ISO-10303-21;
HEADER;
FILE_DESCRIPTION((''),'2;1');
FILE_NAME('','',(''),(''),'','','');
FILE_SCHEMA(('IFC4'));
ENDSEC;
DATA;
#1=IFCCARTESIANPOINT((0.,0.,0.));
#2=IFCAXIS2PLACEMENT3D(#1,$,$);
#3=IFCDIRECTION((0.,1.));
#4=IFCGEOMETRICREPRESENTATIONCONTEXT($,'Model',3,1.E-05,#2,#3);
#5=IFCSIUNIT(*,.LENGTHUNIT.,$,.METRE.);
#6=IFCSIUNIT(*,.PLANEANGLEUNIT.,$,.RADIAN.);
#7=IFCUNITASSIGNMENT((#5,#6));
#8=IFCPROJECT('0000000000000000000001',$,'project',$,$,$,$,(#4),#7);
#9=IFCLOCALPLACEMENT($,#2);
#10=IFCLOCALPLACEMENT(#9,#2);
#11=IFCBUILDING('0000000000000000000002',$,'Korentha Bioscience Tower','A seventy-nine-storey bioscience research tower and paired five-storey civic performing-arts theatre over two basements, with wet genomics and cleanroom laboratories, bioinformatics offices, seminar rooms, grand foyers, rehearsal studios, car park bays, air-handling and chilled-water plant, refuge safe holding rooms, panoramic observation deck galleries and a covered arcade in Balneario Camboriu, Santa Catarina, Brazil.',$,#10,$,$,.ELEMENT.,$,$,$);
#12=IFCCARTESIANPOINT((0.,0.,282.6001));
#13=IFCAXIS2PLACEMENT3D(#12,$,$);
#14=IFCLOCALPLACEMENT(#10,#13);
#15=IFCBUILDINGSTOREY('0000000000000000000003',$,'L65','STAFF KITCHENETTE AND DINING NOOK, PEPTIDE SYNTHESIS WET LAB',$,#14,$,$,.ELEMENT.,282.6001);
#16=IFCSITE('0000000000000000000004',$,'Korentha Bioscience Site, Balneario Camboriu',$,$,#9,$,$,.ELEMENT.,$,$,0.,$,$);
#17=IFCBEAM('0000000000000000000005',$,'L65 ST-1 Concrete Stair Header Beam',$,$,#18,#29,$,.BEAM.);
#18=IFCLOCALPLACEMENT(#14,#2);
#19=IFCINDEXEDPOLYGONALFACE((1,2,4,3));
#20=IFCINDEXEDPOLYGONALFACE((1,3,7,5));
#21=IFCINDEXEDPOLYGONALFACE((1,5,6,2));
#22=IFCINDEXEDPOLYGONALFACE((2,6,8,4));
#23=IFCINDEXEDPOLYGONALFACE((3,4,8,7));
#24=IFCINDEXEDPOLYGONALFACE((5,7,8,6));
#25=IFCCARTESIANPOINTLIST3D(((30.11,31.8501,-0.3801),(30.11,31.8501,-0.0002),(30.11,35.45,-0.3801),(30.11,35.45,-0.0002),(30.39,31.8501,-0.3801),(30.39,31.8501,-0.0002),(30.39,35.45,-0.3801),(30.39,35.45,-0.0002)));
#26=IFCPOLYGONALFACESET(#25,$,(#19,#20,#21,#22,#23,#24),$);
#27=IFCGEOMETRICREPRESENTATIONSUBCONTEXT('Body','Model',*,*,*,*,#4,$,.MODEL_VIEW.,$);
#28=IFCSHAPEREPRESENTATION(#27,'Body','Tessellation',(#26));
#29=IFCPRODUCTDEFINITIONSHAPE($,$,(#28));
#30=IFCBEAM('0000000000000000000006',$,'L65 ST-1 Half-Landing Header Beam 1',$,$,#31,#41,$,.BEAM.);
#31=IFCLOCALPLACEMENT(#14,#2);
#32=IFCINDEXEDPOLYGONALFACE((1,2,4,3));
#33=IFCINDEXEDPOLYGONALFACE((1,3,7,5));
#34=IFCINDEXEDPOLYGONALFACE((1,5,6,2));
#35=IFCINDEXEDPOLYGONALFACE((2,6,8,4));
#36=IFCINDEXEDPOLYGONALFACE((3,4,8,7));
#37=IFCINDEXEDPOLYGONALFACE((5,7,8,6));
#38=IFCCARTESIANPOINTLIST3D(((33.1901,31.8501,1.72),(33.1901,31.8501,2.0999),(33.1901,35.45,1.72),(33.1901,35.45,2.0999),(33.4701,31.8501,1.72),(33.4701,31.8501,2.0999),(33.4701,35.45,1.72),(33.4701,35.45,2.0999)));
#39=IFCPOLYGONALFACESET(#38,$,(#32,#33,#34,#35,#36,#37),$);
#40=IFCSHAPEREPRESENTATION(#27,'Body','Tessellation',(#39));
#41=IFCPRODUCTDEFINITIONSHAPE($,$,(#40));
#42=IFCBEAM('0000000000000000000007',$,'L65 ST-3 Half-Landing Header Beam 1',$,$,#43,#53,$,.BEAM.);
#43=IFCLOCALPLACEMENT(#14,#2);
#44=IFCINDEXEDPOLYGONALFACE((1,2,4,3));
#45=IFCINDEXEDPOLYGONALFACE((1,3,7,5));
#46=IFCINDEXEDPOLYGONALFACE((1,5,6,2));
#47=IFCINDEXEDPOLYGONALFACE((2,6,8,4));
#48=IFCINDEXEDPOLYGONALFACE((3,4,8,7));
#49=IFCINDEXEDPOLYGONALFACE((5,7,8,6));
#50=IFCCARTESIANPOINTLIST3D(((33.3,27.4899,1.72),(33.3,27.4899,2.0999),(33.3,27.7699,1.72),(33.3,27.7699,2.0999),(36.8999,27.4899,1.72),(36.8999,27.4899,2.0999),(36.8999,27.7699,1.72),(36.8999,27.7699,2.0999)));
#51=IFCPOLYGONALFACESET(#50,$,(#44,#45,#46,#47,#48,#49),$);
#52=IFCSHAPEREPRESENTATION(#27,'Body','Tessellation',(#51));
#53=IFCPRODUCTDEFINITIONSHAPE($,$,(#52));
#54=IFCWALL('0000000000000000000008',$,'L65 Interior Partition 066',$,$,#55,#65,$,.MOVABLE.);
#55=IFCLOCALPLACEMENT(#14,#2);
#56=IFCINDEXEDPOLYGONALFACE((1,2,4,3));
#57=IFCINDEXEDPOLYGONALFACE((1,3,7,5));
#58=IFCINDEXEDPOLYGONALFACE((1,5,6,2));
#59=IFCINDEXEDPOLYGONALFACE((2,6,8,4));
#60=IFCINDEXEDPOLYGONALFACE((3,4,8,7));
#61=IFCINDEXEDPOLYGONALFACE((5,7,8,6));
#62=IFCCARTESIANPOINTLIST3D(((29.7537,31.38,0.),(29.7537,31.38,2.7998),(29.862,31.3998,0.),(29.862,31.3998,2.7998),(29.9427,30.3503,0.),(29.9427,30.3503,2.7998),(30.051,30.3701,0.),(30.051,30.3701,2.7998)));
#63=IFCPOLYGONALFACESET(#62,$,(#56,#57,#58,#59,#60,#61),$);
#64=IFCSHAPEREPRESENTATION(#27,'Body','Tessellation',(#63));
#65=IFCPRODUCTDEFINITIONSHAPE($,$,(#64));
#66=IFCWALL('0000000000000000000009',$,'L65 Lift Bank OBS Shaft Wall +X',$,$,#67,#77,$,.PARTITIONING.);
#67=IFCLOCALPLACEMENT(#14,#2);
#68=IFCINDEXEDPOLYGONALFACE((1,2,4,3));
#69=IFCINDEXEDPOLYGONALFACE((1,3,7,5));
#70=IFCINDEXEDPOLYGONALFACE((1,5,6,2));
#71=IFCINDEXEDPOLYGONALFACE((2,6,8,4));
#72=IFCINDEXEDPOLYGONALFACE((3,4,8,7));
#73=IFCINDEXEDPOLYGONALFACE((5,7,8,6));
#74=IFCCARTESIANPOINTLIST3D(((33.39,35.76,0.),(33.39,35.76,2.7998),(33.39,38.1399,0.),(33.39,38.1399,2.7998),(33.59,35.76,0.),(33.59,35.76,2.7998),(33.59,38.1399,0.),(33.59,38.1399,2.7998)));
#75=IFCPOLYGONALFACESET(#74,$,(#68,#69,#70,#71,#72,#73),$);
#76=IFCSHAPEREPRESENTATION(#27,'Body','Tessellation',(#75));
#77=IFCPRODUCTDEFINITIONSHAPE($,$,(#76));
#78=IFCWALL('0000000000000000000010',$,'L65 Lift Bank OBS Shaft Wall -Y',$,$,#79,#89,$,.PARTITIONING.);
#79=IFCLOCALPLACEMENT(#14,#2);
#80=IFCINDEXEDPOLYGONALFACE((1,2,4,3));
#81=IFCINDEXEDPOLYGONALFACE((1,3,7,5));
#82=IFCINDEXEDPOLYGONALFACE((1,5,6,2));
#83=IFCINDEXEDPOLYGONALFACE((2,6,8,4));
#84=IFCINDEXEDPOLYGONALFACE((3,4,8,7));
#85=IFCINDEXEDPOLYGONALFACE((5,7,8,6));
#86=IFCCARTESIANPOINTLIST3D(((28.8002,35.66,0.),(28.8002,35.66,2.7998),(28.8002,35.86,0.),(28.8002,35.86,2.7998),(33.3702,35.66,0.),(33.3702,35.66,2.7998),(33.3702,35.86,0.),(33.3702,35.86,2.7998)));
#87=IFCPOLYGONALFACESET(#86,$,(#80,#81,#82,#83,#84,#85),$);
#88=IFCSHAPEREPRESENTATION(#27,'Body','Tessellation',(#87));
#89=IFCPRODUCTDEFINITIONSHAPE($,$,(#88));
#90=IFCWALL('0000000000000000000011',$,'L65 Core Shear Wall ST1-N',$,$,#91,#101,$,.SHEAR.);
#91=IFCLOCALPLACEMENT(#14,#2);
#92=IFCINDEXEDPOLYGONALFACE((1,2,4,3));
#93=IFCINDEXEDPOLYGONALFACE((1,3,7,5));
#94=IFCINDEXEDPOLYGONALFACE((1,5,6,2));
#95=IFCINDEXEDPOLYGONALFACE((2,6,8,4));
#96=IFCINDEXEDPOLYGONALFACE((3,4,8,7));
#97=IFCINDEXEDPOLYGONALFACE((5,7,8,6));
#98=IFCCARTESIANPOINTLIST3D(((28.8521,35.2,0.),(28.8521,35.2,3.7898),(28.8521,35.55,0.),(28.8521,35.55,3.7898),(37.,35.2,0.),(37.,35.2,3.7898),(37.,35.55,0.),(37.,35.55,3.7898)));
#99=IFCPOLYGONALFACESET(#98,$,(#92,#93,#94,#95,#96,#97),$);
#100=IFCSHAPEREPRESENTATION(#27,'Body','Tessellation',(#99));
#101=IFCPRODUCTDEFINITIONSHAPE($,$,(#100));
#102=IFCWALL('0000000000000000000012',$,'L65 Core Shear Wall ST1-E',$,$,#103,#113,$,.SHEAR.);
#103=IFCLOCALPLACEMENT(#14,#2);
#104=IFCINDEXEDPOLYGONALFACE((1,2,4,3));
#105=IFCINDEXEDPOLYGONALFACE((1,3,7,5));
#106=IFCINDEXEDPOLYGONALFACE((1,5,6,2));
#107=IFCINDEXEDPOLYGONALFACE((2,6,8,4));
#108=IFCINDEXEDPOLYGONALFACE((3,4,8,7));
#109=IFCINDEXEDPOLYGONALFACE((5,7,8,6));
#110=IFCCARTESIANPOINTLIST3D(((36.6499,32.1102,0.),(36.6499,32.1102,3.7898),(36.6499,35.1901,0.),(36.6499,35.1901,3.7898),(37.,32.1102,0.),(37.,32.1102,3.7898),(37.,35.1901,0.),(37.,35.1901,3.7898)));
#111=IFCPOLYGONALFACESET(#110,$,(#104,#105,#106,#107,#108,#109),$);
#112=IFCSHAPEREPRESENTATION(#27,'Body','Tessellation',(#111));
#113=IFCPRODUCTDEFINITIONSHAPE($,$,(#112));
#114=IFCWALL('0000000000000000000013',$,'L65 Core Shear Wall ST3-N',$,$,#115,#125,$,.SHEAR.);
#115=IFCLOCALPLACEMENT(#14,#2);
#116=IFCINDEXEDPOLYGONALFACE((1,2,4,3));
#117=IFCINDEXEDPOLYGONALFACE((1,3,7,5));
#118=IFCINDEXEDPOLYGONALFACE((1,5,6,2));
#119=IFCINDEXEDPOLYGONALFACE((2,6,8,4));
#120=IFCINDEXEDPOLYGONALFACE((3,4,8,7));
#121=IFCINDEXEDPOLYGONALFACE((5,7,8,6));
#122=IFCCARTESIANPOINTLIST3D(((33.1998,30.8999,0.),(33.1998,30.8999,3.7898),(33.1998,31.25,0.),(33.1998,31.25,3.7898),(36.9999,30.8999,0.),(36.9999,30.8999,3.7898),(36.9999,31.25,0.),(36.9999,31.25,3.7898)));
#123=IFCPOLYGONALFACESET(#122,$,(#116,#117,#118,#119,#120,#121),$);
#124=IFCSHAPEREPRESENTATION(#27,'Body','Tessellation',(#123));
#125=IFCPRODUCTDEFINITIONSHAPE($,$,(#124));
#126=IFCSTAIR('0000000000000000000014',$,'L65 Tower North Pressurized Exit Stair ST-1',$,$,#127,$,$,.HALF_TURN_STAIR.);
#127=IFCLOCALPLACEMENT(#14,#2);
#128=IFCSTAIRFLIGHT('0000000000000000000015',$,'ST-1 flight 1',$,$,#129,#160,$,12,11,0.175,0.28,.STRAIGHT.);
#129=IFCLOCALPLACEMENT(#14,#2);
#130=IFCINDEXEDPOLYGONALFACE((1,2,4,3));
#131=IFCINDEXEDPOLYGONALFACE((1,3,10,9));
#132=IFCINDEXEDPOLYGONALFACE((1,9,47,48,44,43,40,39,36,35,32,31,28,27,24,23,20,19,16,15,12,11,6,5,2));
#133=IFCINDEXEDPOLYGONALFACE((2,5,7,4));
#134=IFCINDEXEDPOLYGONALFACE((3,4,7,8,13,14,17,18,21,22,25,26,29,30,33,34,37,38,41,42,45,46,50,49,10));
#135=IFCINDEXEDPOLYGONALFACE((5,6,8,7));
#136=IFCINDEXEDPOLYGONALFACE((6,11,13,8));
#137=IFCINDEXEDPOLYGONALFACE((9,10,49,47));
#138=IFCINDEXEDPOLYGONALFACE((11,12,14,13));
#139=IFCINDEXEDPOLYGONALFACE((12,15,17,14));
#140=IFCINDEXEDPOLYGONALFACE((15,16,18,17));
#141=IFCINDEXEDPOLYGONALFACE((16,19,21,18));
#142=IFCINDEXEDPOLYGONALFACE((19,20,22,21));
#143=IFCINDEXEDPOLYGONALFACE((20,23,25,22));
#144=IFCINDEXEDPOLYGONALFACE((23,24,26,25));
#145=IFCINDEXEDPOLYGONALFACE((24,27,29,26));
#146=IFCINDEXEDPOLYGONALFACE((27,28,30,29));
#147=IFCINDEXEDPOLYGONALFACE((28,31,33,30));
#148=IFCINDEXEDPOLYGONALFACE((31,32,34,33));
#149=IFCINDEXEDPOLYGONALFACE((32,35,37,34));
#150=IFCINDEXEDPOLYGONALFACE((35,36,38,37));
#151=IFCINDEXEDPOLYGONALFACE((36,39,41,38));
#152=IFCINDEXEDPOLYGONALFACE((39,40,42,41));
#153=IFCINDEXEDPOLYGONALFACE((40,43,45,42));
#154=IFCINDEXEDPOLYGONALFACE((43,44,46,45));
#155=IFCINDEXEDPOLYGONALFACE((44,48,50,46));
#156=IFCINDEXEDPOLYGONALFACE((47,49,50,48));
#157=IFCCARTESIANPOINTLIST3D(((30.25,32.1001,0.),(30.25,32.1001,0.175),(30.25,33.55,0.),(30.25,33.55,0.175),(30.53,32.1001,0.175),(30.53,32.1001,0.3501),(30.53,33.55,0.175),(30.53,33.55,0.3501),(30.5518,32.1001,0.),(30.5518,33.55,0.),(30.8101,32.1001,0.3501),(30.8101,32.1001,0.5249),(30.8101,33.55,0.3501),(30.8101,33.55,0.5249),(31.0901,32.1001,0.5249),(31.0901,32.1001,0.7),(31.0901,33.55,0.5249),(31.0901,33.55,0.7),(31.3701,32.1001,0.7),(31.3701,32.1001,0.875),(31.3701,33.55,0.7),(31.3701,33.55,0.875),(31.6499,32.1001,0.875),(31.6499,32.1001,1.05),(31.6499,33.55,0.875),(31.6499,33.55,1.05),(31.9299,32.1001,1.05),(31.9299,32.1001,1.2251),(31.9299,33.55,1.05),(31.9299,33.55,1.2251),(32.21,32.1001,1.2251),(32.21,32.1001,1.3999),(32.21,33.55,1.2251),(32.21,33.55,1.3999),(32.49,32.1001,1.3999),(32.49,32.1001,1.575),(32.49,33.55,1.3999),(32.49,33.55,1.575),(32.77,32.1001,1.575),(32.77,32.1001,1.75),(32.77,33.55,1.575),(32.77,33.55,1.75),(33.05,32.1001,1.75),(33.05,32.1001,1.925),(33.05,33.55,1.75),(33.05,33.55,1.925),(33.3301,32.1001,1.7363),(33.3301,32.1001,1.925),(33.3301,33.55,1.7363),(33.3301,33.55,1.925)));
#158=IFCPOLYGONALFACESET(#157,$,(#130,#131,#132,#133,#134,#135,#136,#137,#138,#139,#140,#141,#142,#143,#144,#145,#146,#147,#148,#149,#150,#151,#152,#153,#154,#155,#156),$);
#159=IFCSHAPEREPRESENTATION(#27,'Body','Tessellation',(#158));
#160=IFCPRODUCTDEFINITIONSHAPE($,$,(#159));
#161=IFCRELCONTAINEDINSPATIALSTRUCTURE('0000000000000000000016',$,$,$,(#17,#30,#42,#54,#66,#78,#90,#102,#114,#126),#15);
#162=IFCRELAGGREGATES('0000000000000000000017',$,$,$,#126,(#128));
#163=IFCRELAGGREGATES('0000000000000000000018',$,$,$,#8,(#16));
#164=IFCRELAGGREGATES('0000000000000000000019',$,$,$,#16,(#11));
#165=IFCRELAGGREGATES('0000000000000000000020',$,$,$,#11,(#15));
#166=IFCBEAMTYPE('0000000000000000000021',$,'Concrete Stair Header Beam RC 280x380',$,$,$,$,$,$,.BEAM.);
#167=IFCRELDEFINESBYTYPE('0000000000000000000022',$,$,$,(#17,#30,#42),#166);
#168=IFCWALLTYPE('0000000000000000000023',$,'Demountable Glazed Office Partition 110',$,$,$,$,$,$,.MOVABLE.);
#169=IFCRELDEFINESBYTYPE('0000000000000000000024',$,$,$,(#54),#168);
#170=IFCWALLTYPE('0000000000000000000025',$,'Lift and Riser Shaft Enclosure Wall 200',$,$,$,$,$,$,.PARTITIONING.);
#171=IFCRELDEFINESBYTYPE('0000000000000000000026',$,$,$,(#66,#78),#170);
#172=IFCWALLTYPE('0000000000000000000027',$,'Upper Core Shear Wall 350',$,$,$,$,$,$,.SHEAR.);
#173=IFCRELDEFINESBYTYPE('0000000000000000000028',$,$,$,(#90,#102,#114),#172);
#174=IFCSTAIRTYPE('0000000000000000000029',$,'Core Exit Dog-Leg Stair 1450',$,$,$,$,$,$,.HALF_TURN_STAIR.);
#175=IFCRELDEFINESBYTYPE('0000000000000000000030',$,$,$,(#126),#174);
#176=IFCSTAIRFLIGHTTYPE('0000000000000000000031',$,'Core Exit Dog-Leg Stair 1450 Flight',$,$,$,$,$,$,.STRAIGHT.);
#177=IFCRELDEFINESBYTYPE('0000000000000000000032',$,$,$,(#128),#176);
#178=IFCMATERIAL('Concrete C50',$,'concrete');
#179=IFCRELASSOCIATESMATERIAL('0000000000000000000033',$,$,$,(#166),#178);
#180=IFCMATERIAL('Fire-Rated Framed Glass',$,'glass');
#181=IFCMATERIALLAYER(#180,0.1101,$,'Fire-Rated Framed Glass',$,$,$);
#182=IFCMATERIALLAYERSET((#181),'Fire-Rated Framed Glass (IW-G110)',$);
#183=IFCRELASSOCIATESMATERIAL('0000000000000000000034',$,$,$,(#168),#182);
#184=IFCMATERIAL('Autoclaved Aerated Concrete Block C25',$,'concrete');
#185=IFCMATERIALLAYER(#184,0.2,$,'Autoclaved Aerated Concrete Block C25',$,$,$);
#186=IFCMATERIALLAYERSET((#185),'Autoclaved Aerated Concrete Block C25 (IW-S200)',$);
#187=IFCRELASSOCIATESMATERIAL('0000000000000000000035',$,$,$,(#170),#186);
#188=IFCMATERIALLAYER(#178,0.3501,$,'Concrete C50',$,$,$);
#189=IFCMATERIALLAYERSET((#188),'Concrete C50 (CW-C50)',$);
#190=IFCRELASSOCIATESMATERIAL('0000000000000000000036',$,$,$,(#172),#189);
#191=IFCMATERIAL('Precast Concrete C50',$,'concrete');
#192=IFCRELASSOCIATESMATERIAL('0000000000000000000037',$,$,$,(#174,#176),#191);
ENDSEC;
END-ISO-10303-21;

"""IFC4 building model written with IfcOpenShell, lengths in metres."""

from ifc_helpers import new_model, si_unit, direction, frame, frame_2d, origin, origin_2d, place, context, subcontext, project, spatial, polyline, rectangle, outline, extrude, material, layer, layer_set, material_profile, profile_set, type_object, element, aggregate, save


model = new_model("IFC4")

# Units and contexts
model_context = context("Model", 3, precision=1e-05, world=origin(), true_north=direction((0.0, 1.0)))
body_context = subcontext(model_context, "Body", "Model", "MODEL_VIEW")
ifc_project = project(units=[si_unit("LENGTHUNIT", "METRE"), si_unit("PLANEANGLEUNIT", "RADIAN")], contexts=[model_context])

# Site, building, storey
site_placement = place(None, origin())
site = spatial("IfcSite", under=ifc_project, at=site_placement, Name="Korentha Bioscience Site, Balneario Camboriu", CompositionType="ELEMENT", RefElevation=0.0)
building_placement = place(site_placement, origin())
building = spatial("IfcBuilding", under=site, at=building_placement, Name="Korentha Bioscience Tower", Description="A seventy-nine-storey bioscience research tower and paired five-storey civic performing-arts theatre over two basements, with wet genomics and cleanroom laboratories, bioinformatics offices, seminar rooms, grand foyers, rehearsal studios, car park bays, air-handling and chilled-water plant, refuge safe holding rooms, panoramic observation deck galleries and a covered arcade in Balneario Camboriu, Santa Catarina, Brazil.", CompositionType="ELEMENT")
storey_placement = place(building_placement, frame((0.0, 0.0, 282.6001)))
storey = spatial("IfcBuildingStorey", under=building, at=storey_placement, Name="L65", Description="STAFF KITCHENETTE AND DINING NOOK, PEPTIDE SYNTHESIS WET LAB", CompositionType="ELEMENT", Elevation=282.6001)

# Beams
ifc_material_1 = material(Name="Concrete C50", Category="concrete")
ifc_material_profile = material_profile(ifc_material_1, rectangle(XDim=0.28, YDim=0.3799, at=origin_2d()), Name="Concrete C50")
ifc_profile_set = profile_set([ifc_material_profile], Name="Concrete C50 (ST-HB380)")
beam_type = type_object("IfcBeamType", Name="Concrete Stair Header Beam RC 280x380", PredefinedType="BEAM", material=ifc_profile_set)
for number, where, z_axis, x_axis, name in (
    (1, (30.25, 31.8501, -0.1902), (0.0, 1.0, 0.0), (-1.0, 0.0, 0.0), "L65 ST-1 Concrete Stair Header Beam"),
    (2, (33.3301, 31.8501, 1.9099), (0.0, 1.0, 0.0), (-1.0, 0.0, 0.0), "L65 ST-1 Half-Landing Header Beam 1"),
    (3, (36.8999, 27.6299, 1.9099), (-1.0, 0.0, 0.0), (0.0, -1.0, 0.0), "L65 ST-3 Half-Landing Header Beam 1"),
):
    element("IfcBeam", number, at=place(storey_placement, frame(where, z_axis=z_axis, x_axis=x_axis)), inside=storey, type_object=beam_type, Name=name, PredefinedType="BEAM", context=body_context, shape_type="SweptSolid", body=[
        extrude(rectangle(XDim=0.28, YDim=0.3799, at=origin_2d()), origin(), (0.0, 0.0, 1.0), 3.5999),
    ])

# Walls
ifc_material_2 = material(Name="Fire-Rated Framed Glass", Category="glass")
ifc_layer_1 = layer(ifc_material_2, 0.1101, Name="Fire-Rated Framed Glass")
ifc_layer_set_1 = layer_set([ifc_layer_1], Name="Fire-Rated Framed Glass (IW-G110)")
wall_type_1 = type_object("IfcWallType", Name="Demountable Glazed Office Partition 110", PredefinedType="MOVABLE", material=ifc_layer_set_1)
wall_1_placement = place(storey_placement, frame((29.8079, 31.3899, 0.0), z_axis=(0.0, 0.0, 1.0), x_axis=(0.180486, -0.983578, 0.0)))
element("IfcWall", 4, at=wall_1_placement, inside=storey, type_object=wall_type_1, Name="L65 Interior Partition 066", PredefinedType="MOVABLE", context=body_context, shape_type="SweptSolid", body=[
    extrude(rectangle(XDim=1.0469, YDim=0.1101, at=frame_2d((0.5234, 0.0))), origin(), (0.0, 0.0, 1.0), 2.7998),
])
ifc_material_3 = material(Name="Autoclaved Aerated Concrete Block C25", Category="concrete")
ifc_layer_2 = layer(ifc_material_3, 0.2, Name="Autoclaved Aerated Concrete Block C25")
ifc_layer_set_2 = layer_set([ifc_layer_2], Name="Autoclaved Aerated Concrete Block C25 (IW-S200)")
wall_type_2 = type_object("IfcWallType", Name="Lift and Riser Shaft Enclosure Wall 200", PredefinedType="PARTITIONING", material=ifc_layer_set_2)
wall_2_placement = place(storey_placement, frame((33.49, 35.76, 0.0), z_axis=(0.0, 0.0, 1.0), x_axis=(0.0, 1.0, 0.0)))
element("IfcWall", 5, at=wall_2_placement, inside=storey, type_object=wall_type_2, Name="L65 Lift Bank OBS Shaft Wall +X", PredefinedType="PARTITIONING", context=body_context, shape_type="SweptSolid", body=[
    extrude(rectangle(XDim=2.3799, YDim=0.2, at=frame_2d((1.1899, 0.0))), origin(), (0.0, 0.0, 1.0), 2.7998),
])
wall_3_placement = place(storey_placement, frame((28.8, 35.76, 0.0), z_axis=(0.0, 0.0, 1.0), x_axis=(1.0, 0.0, 0.0)))
element("IfcWall", 6, at=wall_3_placement, inside=storey, type_object=wall_type_2, Name="L65 Lift Bank OBS Shaft Wall -Y", PredefinedType="PARTITIONING", context=body_context, shape_type="SweptSolid", body=[
    extrude(rectangle(XDim=4.5701, YDim=0.2, at=frame_2d((2.2852, 0.0))), origin(), (0.0, 0.0, 1.0), 2.7998),
])
ifc_layer_3 = layer(ifc_material_1, 0.3501, Name="Concrete C50")
ifc_layer_set_3 = layer_set([ifc_layer_3], Name="Concrete C50 (CW-C50)")
wall_type_3 = type_object("IfcWallType", Name="Upper Core Shear Wall 350", PredefinedType="SHEAR", material=ifc_layer_set_3)
wall_4_placement = place(storey_placement, frame((28.8521, 35.375, 0.0), z_axis=(0.0, 0.0, 1.0), x_axis=(1.0, 0.0, 0.0)))
element("IfcWall", 7, at=wall_4_placement, inside=storey, type_object=wall_type_3, Name="L65 Core Shear Wall ST1-N", PredefinedType="SHEAR", context=body_context, shape_type="SweptSolid", body=[
    extrude(rectangle(XDim=8.1479, YDim=0.3501, at=frame_2d((4.074, 0.0))), origin(), (0.0, 0.0, 1.0), 3.7898),
])
wall_5_placement = place(storey_placement, frame((36.825, 32.1101, 0.0), z_axis=(0.0, 0.0, 1.0), x_axis=(0.0, 1.0, 0.0)))
element("IfcWall", 8, at=wall_5_placement, inside=storey, type_object=wall_type_3, Name="L65 Core Shear Wall ST1-E", PredefinedType="SHEAR", context=body_context, shape_type="SweptSolid", body=[
    extrude(rectangle(XDim=3.0798, YDim=0.3501, at=frame_2d((1.54, 0.0))), origin(), (0.0, 0.0, 1.0), 3.7898),
])
wall_6_placement = place(storey_placement, frame((33.2, 31.075, 0.0), z_axis=(0.0, 0.0, 1.0), x_axis=(1.0, 0.0, 0.0)))
element("IfcWall", 9, at=wall_6_placement, inside=storey, type_object=wall_type_3, Name="L65 Core Shear Wall ST3-N", PredefinedType="SHEAR", context=body_context, shape_type="SweptSolid", body=[
    extrude(rectangle(XDim=3.8, YDim=0.3501, at=frame_2d((1.8999, 0.0))), origin(), (0.0, 0.0, 1.0), 3.7898),
])

# Stair, stair flight
ifc_material_4 = material(Name="Precast Concrete C50", Category="concrete")
stair_type = type_object("IfcStairType", Name="Core Exit Dog-Leg Stair 1450", PredefinedType="HALF_TURN_STAIR", material=ifc_material_4)
stair_1_placement = place(storey_placement, origin())
stair_1 = element("IfcStair", 10, at=stair_1_placement, inside=storey, type_object=stair_type, Name="L65 Tower North Pressurized Exit Stair ST-1", PredefinedType="HALF_TURN_STAIR")
stair_flight_type = type_object("IfcStairFlightType", Name="Core Exit Dog-Leg Stair 1450 Flight", PredefinedType="STRAIGHT", material=ifc_material_4)
stair_flight_1_placement = place(storey_placement, frame((30.25, 32.825, 0.0), z_axis=(0.0, 0.0, 1.0), x_axis=(1.0, 0.0, 0.0)))
stair_flight_1 = element("IfcStairFlight", 11, at=stair_flight_1_placement, type_object=stair_flight_type, Name="ST-1 flight 1", NumberOfRisers=12, NumberOfTreads=11, PredefinedType="STRAIGHT", RiserHeight=0.175, TreadLength=0.28, context=body_context, shape_type="SweptSolid", body=[
    extrude(outline(polyline([(0.0, 0.0), (0.0, 0.175), (0.28, 0.175), (0.28, 0.3501), (0.5601, 0.3501), (0.5601, 0.5249), (0.8401, 0.5249), (0.8401, 0.7), (1.1201, 0.7), (1.1201, 0.875), (1.3999, 0.875), (1.3999, 1.05), (1.6799, 1.05), (1.6799, 1.2251), (1.96, 1.2251), (1.96, 1.3999), (2.24, 1.3999), (2.24, 1.575), (2.52, 1.575), (2.52, 1.75), (2.8, 1.75), (2.8, 1.925), (3.0801, 1.925), (3.0801, 2.1001), (3.0801, 1.7363), (0.3018, 0.0), (0.0, 0.0)])), frame((0.0, 0.7251, 0.0), z_axis=(0.0, -1.0, 0.0), x_axis=(1.0, 0.0, 0.0)), (0.0, 0.0, 1.0), 1.45),
])
aggregate(stair_1, [stair_flight_1])

save(model, "model.ifc")
